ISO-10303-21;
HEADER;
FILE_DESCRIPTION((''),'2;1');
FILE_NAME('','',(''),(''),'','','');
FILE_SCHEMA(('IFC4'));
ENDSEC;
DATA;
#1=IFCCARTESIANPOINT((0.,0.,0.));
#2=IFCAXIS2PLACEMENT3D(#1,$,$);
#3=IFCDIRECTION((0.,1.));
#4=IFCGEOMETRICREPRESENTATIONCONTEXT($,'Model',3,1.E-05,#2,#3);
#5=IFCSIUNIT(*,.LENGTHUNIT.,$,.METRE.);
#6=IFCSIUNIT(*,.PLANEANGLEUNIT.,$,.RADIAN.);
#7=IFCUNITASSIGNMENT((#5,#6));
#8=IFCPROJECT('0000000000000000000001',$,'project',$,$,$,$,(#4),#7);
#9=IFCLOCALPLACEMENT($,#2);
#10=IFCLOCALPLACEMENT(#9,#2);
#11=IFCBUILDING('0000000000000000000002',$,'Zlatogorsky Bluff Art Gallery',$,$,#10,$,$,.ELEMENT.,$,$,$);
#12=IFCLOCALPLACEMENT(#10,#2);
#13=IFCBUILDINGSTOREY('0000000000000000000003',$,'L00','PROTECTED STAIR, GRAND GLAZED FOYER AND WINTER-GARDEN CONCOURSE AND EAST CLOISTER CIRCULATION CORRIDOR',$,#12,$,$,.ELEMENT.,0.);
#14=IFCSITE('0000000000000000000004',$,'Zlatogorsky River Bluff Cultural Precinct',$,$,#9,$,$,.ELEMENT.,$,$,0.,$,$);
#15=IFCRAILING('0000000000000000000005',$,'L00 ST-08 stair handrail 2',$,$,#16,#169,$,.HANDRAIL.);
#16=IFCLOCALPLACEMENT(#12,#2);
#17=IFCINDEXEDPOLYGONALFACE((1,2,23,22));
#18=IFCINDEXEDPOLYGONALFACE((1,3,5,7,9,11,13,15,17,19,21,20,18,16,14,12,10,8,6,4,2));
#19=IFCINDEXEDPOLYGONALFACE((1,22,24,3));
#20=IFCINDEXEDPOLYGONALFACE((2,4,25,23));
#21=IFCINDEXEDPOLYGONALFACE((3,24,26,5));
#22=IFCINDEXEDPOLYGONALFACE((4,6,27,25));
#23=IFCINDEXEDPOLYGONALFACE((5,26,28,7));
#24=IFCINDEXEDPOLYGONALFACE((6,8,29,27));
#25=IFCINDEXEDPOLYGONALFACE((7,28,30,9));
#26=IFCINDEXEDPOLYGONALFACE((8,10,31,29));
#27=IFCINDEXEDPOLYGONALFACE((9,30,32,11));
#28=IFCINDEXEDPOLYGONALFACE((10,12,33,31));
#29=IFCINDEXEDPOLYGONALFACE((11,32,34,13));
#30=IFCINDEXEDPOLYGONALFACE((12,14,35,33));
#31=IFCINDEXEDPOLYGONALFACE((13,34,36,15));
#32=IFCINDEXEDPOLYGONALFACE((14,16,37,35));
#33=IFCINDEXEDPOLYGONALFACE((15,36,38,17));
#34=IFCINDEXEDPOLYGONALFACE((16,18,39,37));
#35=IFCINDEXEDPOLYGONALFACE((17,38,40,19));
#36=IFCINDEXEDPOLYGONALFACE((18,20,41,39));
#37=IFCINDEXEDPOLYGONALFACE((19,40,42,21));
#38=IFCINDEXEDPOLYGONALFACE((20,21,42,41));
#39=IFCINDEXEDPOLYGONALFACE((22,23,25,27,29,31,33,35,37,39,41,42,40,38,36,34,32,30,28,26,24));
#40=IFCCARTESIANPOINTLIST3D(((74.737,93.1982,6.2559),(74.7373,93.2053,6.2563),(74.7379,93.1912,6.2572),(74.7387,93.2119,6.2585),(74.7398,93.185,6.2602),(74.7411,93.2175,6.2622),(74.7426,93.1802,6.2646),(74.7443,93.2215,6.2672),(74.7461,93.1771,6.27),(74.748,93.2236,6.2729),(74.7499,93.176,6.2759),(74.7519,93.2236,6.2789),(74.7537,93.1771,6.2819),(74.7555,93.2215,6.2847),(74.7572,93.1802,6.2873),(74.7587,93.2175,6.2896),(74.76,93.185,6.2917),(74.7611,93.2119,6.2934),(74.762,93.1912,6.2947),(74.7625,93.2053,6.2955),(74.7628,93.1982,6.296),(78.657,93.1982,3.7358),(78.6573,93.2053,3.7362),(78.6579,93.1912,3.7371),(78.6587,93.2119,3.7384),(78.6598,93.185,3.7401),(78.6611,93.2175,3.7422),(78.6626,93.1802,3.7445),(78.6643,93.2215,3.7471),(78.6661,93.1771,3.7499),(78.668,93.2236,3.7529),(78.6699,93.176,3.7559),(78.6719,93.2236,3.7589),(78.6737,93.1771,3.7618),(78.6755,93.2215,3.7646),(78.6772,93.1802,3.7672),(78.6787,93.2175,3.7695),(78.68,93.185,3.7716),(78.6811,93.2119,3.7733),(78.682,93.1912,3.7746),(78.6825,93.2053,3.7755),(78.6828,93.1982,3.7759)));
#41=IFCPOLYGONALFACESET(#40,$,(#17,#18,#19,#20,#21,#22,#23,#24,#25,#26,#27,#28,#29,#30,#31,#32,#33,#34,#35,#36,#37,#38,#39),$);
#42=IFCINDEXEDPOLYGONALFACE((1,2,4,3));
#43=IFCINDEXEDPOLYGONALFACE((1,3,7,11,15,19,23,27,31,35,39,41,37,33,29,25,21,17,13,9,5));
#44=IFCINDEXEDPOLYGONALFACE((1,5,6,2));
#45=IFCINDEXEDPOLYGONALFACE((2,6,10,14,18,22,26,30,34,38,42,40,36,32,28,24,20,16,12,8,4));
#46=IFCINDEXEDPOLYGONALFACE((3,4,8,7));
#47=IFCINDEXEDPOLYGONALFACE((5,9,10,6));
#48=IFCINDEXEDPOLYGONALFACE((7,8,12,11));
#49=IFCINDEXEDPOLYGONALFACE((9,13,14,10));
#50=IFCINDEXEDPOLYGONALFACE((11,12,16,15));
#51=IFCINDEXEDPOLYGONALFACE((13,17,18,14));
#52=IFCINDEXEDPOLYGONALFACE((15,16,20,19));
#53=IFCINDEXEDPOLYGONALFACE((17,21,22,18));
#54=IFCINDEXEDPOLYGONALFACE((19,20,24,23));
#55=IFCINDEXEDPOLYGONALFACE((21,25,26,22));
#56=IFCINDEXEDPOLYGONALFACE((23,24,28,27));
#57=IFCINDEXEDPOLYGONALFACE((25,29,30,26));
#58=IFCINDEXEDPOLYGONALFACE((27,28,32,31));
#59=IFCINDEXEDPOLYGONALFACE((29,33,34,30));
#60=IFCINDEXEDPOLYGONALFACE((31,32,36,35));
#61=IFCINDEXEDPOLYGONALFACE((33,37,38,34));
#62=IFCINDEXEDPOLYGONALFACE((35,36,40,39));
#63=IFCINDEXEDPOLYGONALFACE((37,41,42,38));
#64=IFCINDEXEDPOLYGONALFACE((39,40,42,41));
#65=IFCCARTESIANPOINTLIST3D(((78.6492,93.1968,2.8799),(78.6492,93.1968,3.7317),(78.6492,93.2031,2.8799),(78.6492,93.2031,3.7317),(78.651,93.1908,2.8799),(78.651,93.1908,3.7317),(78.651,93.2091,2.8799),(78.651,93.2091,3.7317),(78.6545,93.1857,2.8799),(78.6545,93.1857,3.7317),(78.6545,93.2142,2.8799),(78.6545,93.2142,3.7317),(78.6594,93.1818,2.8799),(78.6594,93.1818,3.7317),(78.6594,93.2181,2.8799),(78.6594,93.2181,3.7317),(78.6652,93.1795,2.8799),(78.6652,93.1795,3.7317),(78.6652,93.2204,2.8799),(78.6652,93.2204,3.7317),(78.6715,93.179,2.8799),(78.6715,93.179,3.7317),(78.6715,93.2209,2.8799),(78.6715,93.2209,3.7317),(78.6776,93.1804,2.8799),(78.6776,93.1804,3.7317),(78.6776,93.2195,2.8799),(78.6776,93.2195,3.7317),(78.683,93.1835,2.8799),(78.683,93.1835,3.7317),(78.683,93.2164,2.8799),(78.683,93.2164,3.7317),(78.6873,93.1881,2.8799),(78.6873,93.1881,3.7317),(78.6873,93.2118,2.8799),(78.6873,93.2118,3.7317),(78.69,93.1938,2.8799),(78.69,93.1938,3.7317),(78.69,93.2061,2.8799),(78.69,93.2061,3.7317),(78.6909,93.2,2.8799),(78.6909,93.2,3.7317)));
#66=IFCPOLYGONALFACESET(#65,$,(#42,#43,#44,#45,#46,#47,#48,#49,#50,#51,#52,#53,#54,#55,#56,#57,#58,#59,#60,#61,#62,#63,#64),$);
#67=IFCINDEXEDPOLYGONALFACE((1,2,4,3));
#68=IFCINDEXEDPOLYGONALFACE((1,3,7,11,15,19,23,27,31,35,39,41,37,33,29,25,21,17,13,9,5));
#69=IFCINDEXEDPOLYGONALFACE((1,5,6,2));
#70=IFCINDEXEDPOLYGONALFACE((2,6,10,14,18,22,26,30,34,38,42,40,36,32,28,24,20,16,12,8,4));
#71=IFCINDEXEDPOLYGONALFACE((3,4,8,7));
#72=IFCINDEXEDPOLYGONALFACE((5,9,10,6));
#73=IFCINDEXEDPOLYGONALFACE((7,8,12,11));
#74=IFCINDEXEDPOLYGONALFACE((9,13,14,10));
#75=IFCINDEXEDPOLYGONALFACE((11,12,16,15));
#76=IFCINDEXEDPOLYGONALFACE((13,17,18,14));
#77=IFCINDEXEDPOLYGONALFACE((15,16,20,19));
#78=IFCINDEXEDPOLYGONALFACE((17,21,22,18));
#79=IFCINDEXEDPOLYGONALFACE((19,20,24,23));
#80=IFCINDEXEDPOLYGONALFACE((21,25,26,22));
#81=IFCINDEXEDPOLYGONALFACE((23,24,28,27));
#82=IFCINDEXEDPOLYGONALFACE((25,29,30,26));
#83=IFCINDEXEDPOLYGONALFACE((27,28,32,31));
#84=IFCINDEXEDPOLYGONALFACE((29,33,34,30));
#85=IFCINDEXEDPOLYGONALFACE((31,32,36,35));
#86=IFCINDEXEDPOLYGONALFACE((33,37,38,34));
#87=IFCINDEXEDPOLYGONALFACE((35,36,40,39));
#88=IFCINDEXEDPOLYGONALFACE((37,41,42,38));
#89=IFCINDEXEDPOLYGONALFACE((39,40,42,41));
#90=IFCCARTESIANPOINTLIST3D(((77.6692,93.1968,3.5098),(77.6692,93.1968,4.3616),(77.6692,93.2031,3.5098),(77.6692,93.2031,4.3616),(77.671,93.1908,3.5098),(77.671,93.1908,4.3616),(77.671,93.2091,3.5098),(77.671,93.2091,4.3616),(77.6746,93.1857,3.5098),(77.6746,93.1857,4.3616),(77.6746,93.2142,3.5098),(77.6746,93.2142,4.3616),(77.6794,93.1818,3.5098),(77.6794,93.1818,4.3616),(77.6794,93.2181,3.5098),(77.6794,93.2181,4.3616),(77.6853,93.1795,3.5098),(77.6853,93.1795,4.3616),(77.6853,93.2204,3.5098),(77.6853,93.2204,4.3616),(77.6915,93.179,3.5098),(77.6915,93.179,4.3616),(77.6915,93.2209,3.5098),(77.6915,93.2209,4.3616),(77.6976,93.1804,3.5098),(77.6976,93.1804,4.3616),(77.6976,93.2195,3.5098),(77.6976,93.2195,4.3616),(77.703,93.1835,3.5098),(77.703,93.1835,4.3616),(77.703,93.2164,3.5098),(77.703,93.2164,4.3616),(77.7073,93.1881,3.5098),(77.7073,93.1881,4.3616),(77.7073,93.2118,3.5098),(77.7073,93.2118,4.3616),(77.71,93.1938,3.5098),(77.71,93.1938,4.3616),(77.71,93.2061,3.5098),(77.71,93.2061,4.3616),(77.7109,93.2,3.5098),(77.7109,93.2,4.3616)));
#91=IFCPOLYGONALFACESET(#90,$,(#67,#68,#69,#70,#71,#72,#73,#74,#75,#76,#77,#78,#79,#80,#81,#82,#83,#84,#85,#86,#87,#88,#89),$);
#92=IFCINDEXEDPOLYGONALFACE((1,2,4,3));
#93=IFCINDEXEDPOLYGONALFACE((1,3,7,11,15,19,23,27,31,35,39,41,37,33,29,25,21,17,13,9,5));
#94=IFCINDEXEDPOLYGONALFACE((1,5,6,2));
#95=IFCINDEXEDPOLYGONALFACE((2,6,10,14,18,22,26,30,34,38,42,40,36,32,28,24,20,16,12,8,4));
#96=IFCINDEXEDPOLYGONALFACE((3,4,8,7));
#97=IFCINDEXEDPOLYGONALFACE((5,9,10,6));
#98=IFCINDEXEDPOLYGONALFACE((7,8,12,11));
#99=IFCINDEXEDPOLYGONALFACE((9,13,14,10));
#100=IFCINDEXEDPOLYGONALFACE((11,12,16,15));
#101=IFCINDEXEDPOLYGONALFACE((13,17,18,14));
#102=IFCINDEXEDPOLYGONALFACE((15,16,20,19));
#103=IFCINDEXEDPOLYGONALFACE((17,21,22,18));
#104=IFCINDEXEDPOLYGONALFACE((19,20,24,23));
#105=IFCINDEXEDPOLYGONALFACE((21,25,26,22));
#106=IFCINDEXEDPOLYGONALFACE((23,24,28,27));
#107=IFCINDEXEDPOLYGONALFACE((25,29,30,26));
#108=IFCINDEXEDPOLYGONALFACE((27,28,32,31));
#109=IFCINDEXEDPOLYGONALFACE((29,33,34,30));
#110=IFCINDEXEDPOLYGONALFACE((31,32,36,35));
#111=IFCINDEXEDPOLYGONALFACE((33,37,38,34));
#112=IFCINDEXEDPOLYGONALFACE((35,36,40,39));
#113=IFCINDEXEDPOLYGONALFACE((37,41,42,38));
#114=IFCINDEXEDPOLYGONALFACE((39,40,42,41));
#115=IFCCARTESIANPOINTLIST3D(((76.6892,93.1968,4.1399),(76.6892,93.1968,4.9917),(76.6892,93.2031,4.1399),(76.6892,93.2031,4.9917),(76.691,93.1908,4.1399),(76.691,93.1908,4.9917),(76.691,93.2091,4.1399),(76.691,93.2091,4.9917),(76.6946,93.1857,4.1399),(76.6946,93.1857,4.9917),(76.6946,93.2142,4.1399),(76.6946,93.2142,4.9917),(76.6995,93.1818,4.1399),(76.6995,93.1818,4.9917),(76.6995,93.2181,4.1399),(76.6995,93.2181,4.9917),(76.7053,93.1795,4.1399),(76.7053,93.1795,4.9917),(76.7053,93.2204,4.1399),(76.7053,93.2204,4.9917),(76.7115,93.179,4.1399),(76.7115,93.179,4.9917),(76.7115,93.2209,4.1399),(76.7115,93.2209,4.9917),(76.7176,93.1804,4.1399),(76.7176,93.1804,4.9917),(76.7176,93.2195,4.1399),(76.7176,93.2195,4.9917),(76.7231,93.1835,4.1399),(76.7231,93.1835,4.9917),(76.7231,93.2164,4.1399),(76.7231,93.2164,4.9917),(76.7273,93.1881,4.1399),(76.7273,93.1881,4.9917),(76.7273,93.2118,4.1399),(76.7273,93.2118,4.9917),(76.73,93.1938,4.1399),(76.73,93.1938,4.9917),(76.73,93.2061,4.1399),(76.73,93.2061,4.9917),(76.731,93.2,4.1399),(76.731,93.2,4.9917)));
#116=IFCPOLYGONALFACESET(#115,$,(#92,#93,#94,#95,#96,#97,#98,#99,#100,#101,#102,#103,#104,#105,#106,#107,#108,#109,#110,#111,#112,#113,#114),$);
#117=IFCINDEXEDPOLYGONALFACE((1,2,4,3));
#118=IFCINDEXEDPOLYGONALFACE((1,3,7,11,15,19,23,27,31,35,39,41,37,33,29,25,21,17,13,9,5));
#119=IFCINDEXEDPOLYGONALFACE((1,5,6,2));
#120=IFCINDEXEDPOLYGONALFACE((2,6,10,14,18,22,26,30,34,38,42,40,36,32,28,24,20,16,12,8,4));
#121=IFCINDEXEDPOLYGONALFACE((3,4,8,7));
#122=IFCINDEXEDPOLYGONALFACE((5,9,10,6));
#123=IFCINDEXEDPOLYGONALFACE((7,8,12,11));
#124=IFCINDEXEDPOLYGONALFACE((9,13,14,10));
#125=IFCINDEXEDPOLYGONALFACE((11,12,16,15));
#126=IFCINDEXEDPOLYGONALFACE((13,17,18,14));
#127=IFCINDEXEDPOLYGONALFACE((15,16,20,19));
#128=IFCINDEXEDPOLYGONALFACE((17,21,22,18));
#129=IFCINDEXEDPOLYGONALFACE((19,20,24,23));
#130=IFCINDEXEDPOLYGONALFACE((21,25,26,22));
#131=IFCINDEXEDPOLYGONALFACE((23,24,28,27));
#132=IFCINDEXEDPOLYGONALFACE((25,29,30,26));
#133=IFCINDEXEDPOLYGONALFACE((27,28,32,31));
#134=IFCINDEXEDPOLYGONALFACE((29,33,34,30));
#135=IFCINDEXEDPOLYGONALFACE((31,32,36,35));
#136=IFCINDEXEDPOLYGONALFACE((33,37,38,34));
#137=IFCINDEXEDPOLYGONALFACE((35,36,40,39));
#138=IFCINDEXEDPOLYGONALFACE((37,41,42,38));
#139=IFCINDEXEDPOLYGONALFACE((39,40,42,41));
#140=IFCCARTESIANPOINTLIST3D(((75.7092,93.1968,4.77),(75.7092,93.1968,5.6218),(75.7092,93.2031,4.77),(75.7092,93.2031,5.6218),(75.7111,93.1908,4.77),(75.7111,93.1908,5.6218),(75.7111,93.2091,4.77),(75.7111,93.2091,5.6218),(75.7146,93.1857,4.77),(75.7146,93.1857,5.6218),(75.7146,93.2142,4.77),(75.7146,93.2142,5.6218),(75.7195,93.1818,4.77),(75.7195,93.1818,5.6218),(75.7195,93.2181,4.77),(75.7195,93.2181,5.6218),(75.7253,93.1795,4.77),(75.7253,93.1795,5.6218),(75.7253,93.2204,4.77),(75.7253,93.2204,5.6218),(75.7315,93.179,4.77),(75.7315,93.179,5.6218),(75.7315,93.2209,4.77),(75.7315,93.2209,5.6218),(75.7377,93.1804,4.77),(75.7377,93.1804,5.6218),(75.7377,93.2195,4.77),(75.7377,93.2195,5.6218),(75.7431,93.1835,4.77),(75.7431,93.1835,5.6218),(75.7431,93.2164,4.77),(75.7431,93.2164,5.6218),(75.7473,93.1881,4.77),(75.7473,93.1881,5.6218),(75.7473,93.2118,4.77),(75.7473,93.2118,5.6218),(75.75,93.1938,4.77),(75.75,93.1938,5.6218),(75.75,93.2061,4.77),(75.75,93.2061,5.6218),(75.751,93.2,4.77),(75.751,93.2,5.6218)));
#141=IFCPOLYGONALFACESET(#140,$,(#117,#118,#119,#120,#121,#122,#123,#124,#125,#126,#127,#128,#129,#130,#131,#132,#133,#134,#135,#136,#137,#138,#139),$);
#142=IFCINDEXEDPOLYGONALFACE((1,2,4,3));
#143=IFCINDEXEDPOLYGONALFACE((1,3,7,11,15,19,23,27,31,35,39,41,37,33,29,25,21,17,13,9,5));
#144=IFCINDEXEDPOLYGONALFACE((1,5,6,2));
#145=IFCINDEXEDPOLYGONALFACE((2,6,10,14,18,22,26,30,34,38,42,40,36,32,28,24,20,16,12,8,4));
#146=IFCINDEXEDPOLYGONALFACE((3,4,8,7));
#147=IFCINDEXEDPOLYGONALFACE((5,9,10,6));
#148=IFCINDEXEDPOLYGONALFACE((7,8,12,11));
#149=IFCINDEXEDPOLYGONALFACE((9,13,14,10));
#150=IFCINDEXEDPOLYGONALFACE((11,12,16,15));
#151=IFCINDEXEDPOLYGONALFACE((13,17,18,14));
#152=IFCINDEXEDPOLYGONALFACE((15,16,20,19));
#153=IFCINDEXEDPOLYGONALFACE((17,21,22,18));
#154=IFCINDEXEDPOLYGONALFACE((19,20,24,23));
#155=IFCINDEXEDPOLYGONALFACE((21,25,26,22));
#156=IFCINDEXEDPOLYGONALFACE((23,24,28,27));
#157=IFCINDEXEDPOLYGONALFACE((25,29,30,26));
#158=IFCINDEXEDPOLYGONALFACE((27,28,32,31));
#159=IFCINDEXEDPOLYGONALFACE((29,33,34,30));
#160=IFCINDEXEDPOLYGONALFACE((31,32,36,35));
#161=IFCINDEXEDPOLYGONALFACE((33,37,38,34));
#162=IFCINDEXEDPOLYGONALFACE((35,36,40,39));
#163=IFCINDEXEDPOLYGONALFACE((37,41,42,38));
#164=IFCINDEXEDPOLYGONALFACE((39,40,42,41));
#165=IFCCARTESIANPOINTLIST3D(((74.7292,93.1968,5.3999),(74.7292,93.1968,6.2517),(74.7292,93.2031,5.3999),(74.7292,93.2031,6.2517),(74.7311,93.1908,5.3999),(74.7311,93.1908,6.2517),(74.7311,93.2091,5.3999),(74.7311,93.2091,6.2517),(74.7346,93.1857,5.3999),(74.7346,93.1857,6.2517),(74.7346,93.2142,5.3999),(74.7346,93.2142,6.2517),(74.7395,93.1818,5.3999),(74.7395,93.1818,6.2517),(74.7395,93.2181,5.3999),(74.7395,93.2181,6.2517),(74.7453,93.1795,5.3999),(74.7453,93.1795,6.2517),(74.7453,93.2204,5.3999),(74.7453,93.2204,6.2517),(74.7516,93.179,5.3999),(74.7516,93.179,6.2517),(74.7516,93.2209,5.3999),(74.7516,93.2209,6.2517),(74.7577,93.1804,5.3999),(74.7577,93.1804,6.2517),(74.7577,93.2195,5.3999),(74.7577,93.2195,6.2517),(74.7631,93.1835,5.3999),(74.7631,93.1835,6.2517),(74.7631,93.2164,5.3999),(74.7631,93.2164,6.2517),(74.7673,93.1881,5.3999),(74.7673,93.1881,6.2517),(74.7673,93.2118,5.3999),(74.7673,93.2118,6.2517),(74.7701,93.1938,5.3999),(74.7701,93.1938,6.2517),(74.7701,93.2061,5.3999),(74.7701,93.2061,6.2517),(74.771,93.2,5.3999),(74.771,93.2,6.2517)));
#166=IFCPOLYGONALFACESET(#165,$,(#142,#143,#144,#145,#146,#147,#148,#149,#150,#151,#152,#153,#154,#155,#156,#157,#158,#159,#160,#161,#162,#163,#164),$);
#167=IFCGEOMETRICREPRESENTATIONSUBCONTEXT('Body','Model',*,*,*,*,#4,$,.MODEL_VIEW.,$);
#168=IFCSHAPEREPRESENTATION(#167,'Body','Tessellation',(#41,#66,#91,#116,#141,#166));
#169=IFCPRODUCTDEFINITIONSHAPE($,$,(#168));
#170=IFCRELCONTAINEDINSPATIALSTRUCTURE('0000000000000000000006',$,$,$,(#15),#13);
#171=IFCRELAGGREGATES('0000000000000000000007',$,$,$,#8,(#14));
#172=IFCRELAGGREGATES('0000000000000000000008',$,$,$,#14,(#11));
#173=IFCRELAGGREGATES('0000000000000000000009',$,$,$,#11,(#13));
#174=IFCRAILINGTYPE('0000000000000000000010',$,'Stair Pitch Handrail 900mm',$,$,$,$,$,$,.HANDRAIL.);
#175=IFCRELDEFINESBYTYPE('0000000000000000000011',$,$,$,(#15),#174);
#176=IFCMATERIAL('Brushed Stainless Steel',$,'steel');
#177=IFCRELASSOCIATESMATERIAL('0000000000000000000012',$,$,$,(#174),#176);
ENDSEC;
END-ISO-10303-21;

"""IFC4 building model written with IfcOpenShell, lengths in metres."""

from ifc_helpers import new_model, si_unit, direction, frame, origin, origin_2d, place, context, subcontext, project, spatial, circle, extrude, material, type_object, element, save


model = new_model("IFC4")

# Units and contexts
model_context = context("Model", 3, precision=1e-05, world=origin(), true_north=direction((0.0, 1.0)))
body_context = subcontext(model_context, "Body", "Model", "MODEL_VIEW")
ifc_project = project(units=[si_unit("LENGTHUNIT", "METRE"), si_unit("PLANEANGLEUNIT", "RADIAN")], contexts=[model_context])

# Site, building, storey
site_placement = place(None, origin())
site = spatial("IfcSite", under=ifc_project, at=site_placement, Name="Zlatogorsky River Bluff Cultural Precinct", CompositionType="ELEMENT", RefElevation=0.0)
building_placement = place(site_placement, origin())
building = spatial("IfcBuilding", under=site, at=building_placement, Name="Zlatogorsky Bluff Art Gallery", CompositionType="ELEMENT")
storey_placement = place(building_placement, origin())
storey = spatial("IfcBuildingStorey", under=building, at=storey_placement, Name="L00", Description="PROTECTED STAIR, GRAND GLAZED FOYER AND WINTER-GARDEN CONCOURSE AND EAST CLOISTER CIRCULATION CORRIDOR", CompositionType="ELEMENT", Elevation=0.0)

# Railing
ifc_material_1 = material(Name="Brushed Stainless Steel", Category="steel")
railing_type_1 = type_object("IfcRailingType", Name="Stair Pitch Handrail 900mm", PredefinedType="HANDRAIL", material=ifc_material_1)
railing_1_placement = place(storey_placement, frame((78.6699, 93.2, 2.8799)))
element("IfcRailing", 1, at=railing_1_placement, inside=storey, type_object=railing_type_1, Name="L00 ST-08 stair handrail 2", PredefinedType="HANDRAIL", context=body_context, shape_type="SweptSolid", body=[
    extrude(circle(Radius=0.0239, at=origin_2d()), frame((0.0, 0.0, 0.876), z_axis=(-0.841172, 0.0, 0.540768), x_axis=(0.0, -1.0, 0.0)), (0.0, 0.0, 1.0), 4.6602),
    extrude(circle(Radius=0.021, at=origin_2d()), origin(), (0.0, 0.0, 1.0), 0.8518),
    extrude(circle(Radius=0.021, at=origin_2d()), frame((-0.98, 0.0, 0.6299)), (0.0, 0.0, 1.0), 0.8518),
    extrude(circle(Radius=0.021, at=origin_2d()), frame((-1.96, 0.0, 1.26)), (0.0, 0.0, 1.0), 0.8518),
    extrude(circle(Radius=0.021, at=origin_2d()), frame((-2.9399, 0.0, 1.8901)), (0.0, 0.0, 1.0), 0.8518),
    extrude(circle(Radius=0.021, at=origin_2d()), frame((-3.9199, 0.0, 2.52)), (0.0, 0.0, 1.0), 0.8518),
])

save(model, "model.ifc")
